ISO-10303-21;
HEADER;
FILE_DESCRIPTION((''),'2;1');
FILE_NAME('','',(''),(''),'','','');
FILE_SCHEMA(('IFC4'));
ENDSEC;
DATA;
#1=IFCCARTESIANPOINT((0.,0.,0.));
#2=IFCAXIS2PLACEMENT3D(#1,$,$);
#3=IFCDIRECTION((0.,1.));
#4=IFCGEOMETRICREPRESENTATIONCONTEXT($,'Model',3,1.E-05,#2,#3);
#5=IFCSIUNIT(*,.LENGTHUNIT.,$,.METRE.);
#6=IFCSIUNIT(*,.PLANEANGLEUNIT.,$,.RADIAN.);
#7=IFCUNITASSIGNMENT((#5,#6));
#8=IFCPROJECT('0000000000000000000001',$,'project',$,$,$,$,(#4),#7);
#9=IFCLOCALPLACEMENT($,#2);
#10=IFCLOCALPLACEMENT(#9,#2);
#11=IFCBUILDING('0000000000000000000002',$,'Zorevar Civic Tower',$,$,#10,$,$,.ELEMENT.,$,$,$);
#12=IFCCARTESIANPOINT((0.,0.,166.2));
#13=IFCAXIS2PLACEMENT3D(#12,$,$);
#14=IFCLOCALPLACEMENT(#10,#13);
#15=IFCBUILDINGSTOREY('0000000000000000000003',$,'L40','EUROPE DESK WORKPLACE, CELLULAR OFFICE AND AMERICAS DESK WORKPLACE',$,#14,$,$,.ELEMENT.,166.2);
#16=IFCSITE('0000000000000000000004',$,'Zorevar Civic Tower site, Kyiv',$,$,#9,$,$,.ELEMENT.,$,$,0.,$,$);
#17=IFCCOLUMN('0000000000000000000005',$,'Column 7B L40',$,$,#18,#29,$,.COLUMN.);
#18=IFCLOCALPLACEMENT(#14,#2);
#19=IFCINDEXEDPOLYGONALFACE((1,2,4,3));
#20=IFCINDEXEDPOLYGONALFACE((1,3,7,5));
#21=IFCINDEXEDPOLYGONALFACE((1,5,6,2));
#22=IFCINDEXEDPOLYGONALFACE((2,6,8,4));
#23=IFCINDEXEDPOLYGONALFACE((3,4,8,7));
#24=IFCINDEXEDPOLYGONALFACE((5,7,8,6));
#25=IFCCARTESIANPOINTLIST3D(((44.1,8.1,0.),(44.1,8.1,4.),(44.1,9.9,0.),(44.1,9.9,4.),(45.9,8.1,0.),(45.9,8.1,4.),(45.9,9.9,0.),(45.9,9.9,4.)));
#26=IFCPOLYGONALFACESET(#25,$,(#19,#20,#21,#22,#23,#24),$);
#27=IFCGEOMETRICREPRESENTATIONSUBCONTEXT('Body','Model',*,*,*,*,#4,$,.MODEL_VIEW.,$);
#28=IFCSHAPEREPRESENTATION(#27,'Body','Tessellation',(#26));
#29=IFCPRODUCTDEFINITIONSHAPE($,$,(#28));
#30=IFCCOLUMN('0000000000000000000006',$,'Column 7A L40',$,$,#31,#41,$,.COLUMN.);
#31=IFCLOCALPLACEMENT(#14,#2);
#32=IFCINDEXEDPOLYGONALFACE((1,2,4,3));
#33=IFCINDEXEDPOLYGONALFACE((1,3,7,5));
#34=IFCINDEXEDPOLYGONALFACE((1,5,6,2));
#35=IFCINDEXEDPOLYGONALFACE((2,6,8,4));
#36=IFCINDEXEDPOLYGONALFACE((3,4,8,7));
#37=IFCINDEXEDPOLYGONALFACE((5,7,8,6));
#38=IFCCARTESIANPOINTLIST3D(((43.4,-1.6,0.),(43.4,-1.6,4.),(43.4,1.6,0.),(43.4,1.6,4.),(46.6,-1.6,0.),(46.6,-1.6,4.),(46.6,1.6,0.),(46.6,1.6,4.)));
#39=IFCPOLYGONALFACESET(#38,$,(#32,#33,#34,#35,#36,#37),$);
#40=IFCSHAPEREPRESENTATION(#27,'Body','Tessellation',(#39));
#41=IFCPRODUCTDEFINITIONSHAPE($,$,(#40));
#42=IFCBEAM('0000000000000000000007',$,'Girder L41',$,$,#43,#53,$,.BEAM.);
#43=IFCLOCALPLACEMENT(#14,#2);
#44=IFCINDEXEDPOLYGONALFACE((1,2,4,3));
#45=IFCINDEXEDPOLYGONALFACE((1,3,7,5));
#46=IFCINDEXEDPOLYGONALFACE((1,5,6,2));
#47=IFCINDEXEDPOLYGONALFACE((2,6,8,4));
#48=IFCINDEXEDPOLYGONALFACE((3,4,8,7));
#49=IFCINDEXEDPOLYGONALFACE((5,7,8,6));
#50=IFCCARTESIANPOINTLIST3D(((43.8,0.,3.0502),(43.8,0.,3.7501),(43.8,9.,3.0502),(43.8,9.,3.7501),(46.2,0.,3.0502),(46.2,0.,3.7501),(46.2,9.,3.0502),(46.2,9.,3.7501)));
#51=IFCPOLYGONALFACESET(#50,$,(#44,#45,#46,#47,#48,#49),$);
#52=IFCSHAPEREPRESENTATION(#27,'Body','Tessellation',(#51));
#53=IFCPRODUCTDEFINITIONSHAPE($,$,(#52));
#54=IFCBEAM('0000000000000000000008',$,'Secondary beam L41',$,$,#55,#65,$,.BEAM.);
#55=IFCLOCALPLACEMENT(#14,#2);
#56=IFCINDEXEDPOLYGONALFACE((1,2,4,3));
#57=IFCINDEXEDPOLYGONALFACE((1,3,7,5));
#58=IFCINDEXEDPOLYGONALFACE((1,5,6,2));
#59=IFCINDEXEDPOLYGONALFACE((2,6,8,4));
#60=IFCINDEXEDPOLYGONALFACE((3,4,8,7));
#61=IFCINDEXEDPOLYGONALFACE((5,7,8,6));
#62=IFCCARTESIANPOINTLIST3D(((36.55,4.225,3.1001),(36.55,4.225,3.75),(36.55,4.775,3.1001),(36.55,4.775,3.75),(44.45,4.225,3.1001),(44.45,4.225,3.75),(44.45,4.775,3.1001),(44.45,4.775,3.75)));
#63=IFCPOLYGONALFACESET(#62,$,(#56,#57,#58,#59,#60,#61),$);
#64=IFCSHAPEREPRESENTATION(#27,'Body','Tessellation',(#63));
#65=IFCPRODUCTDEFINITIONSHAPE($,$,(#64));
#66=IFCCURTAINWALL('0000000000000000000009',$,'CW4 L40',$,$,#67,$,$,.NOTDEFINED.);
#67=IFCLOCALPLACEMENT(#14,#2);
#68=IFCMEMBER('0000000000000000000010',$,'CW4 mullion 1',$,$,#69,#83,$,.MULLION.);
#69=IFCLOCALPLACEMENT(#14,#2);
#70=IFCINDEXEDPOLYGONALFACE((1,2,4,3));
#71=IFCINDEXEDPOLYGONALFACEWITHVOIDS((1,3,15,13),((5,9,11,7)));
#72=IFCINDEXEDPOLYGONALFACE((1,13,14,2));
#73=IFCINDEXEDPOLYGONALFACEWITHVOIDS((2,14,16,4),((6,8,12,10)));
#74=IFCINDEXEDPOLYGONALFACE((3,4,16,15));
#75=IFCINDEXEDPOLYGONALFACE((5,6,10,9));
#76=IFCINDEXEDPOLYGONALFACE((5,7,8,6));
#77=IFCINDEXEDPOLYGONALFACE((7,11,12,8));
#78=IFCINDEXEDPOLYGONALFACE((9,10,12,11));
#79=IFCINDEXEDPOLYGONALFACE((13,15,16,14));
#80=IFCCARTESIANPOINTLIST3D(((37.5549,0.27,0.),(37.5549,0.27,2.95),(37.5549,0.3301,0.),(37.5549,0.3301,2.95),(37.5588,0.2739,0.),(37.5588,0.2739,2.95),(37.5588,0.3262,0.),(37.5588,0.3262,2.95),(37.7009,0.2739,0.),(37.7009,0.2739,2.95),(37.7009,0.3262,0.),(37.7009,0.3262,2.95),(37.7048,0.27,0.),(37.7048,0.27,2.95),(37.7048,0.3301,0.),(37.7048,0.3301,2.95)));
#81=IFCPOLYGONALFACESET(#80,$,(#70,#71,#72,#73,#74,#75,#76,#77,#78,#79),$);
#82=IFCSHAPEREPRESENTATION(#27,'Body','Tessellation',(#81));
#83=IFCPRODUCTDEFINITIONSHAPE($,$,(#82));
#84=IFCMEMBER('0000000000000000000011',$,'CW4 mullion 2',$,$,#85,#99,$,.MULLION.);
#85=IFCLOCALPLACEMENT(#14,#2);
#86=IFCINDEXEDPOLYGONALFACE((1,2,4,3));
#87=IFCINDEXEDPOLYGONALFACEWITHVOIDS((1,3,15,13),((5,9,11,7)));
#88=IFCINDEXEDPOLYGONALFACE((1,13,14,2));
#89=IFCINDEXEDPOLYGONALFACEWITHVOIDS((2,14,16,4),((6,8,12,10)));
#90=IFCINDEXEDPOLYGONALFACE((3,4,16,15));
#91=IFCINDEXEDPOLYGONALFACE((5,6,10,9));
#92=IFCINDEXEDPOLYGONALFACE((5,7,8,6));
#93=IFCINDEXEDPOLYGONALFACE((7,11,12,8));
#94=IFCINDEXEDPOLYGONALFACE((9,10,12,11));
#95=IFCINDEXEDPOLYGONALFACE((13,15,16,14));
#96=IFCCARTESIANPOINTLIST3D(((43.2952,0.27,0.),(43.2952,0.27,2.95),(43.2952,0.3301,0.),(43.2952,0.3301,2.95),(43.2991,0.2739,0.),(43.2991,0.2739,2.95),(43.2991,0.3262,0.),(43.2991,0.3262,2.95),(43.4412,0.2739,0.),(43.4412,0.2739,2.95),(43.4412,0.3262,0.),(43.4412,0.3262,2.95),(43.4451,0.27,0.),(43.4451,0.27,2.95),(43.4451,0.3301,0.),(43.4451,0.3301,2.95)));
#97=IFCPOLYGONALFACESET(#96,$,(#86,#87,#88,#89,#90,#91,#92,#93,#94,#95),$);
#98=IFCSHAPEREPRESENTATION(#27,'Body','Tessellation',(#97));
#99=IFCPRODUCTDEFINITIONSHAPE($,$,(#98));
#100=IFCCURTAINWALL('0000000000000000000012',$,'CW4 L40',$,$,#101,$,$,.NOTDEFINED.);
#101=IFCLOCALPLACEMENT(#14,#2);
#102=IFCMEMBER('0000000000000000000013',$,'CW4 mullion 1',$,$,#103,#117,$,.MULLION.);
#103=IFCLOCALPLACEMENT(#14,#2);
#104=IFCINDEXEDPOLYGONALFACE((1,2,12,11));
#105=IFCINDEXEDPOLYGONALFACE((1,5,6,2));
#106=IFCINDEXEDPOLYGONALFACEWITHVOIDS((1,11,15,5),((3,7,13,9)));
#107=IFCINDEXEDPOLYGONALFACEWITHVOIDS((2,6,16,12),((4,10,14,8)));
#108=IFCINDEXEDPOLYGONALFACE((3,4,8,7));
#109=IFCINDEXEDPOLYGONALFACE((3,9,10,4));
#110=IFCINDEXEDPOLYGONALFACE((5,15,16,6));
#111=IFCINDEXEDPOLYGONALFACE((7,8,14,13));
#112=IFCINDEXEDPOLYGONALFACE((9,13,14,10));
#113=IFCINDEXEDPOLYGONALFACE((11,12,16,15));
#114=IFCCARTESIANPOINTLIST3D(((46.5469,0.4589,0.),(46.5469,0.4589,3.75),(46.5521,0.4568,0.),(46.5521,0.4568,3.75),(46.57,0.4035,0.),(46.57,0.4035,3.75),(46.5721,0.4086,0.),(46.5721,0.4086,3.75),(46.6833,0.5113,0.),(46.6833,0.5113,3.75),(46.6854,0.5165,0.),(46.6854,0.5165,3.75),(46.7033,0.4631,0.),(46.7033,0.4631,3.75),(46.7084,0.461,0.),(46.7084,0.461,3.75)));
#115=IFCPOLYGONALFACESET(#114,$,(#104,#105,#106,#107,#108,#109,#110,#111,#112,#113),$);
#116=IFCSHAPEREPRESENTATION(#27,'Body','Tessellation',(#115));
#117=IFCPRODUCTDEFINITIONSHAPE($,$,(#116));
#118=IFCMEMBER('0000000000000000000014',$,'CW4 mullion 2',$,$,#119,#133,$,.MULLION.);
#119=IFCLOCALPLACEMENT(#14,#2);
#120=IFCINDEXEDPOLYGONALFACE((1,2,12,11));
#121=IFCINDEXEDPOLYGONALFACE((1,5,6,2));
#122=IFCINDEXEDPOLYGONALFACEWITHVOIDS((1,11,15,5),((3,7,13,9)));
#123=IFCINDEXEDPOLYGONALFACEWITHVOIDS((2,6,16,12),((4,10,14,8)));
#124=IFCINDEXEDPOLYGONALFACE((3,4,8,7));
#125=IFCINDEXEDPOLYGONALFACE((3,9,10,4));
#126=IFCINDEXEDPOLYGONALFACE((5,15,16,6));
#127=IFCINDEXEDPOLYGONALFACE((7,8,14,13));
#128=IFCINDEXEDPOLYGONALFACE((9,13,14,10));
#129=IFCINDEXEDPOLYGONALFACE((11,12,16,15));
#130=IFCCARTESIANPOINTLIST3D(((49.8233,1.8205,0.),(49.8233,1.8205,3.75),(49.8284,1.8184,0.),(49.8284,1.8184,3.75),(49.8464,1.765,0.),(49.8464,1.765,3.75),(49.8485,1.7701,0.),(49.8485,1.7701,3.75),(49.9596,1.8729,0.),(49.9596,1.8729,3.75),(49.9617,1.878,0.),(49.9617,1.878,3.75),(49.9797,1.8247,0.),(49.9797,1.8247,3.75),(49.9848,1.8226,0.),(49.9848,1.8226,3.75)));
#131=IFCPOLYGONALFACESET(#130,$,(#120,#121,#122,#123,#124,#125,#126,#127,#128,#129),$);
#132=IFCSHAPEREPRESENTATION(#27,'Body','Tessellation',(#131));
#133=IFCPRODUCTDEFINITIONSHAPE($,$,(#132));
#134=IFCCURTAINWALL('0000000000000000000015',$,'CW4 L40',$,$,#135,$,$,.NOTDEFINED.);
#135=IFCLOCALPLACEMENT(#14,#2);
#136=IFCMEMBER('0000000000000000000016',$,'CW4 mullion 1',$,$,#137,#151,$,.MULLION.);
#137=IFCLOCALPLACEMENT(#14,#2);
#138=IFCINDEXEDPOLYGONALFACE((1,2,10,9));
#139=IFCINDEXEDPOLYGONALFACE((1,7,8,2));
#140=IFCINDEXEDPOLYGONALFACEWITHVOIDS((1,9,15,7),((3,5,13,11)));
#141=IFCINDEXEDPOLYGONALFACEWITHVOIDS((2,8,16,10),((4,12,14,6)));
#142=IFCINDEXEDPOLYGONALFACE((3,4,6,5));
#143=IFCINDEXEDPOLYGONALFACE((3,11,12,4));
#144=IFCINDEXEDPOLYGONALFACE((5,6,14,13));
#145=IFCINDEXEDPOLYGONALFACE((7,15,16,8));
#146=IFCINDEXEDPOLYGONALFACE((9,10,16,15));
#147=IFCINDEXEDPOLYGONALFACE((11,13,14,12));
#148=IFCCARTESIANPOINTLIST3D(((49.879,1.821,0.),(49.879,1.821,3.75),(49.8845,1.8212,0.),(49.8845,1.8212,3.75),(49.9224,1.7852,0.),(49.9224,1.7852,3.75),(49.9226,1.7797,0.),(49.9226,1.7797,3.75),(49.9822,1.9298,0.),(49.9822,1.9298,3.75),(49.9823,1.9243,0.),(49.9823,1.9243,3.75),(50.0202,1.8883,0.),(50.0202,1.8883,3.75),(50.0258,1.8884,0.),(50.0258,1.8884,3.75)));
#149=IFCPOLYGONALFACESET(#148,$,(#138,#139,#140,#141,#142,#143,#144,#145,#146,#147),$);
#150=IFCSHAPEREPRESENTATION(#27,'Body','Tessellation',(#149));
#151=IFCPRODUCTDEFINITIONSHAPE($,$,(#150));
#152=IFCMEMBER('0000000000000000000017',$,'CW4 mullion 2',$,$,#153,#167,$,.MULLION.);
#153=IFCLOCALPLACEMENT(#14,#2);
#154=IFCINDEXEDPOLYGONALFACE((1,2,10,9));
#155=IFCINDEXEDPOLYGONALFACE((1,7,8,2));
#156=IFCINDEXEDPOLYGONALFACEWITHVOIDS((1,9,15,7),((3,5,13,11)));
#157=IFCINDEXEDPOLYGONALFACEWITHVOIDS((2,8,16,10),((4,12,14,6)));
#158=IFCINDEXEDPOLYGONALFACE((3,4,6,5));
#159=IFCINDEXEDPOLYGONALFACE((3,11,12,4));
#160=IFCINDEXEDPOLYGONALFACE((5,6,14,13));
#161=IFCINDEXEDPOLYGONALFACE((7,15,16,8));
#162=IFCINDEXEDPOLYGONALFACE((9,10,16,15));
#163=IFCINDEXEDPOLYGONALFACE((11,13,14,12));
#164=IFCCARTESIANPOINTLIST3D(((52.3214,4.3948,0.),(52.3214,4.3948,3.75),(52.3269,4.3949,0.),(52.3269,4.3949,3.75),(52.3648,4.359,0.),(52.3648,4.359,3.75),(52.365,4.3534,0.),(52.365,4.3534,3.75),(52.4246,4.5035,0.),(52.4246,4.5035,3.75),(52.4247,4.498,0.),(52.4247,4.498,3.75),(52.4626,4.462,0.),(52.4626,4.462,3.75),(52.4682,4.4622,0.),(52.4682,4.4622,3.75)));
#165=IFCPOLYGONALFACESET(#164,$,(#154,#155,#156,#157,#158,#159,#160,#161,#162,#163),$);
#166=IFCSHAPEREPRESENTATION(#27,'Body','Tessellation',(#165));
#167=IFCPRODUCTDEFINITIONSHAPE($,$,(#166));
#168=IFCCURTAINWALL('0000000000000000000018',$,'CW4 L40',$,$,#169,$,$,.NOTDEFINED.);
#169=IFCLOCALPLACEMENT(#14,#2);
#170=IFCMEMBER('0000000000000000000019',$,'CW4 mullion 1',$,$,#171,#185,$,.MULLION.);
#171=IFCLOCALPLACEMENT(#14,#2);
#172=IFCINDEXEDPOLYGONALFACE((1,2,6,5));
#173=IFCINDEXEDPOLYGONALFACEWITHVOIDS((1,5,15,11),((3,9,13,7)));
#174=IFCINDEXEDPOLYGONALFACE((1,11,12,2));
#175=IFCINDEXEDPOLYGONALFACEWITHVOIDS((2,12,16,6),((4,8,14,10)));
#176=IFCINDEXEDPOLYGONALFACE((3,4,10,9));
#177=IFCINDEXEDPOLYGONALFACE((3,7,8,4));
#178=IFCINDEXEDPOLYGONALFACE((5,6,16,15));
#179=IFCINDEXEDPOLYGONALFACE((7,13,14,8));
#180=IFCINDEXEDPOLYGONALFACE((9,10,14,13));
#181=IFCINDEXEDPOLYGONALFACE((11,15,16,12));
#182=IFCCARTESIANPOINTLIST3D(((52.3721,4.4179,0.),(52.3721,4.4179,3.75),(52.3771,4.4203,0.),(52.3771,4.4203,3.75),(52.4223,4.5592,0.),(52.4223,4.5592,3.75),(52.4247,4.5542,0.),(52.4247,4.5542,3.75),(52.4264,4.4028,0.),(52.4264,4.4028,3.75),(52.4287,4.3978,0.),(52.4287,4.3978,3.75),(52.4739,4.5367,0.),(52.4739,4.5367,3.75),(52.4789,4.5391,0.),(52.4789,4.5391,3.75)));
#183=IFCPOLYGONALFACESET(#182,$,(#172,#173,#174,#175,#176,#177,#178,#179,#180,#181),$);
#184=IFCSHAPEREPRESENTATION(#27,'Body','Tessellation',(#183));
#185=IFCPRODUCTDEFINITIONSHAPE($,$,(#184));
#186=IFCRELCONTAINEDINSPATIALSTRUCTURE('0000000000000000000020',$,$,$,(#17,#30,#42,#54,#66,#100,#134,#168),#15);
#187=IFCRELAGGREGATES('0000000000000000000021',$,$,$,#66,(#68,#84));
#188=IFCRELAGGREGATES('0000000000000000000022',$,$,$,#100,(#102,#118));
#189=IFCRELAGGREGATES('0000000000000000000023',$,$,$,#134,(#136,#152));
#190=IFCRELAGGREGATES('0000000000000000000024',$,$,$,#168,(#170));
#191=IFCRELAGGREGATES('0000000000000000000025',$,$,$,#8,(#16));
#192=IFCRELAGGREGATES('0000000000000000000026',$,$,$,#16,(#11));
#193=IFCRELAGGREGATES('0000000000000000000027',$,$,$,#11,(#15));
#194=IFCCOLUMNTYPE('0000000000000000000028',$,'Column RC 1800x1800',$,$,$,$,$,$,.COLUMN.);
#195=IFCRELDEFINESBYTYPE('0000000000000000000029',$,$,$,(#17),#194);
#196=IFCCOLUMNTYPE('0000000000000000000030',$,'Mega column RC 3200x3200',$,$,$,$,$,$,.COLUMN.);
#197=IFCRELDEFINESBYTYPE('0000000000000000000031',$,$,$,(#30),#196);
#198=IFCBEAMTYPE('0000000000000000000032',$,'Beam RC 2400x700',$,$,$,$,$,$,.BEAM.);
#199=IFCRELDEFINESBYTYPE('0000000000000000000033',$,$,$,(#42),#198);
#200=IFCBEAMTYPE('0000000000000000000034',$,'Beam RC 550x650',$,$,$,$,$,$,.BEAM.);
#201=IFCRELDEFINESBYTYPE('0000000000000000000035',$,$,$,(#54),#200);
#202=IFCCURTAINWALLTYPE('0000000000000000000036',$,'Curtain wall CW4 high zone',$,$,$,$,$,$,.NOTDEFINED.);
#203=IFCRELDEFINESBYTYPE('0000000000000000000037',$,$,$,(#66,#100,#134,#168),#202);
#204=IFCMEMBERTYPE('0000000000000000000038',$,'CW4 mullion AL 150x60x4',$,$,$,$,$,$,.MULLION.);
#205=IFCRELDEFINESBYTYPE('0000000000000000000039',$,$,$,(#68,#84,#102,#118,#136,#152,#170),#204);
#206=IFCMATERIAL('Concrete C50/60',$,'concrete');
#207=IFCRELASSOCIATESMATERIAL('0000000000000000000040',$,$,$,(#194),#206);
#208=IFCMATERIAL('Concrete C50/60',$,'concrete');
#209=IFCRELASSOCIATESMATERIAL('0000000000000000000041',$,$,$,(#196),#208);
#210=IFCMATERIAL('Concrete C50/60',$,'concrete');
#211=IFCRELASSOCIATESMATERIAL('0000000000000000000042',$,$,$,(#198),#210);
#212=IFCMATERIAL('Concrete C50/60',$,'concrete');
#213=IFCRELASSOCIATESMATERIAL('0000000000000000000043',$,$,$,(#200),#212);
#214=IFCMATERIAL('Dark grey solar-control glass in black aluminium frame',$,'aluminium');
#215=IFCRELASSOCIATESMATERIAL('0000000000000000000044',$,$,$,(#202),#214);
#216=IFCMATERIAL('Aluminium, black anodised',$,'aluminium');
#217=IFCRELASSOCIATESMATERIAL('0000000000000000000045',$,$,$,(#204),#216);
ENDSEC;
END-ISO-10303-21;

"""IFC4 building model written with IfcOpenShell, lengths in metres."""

from ifc_helpers import new_model, si_unit, direction, frame, origin, origin_2d, place, context, subcontext, project, spatial, rectangle, hollow_rectangle, extrude, material, material_profile, profile_set, type_object, element, aggregate, save


model = new_model("IFC4")

# Units and contexts
model_context = context("Model", 3, precision=1e-05, world=origin(), true_north=direction((0.0, 1.0)))
body_context = subcontext(model_context, "Body", "Model", "MODEL_VIEW")
ifc_project = project(units=[si_unit("LENGTHUNIT", "METRE"), si_unit("PLANEANGLEUNIT", "RADIAN")], contexts=[model_context])

# Site, building, storey
site_placement = place(None, origin())
site = spatial("IfcSite", under=ifc_project, at=site_placement, Name="Zorevar Civic Tower site, Kyiv", CompositionType="ELEMENT", RefElevation=0.0)
building_placement = place(site_placement, origin())
building = spatial("IfcBuilding", under=site, at=building_placement, Name="Zorevar Civic Tower", CompositionType="ELEMENT")
storey_placement = place(building_placement, frame((0.0, 0.0, 166.2)))
storey = spatial("IfcBuildingStorey", under=building, at=storey_placement, Name="L40", Description="EUROPE DESK WORKPLACE, CELLULAR OFFICE AND AMERICAS DESK WORKPLACE", CompositionType="ELEMENT", Elevation=166.2)

# Columns
ifc_material_1 = material(Name="Concrete C50/60", Category="concrete")
ifc_material_profile_1 = material_profile(ifc_material_1, rectangle(XDim=1.8, YDim=1.8, at=origin_2d()), Name="RC 1800x1800")
ifc_profile_set_1 = profile_set([ifc_material_profile_1], Name="Concrete C50/60")
column_type_1 = type_object("IfcColumnType", Name="Column RC 1800x1800", PredefinedType="COLUMN", material=ifc_profile_set_1)
column_1_placement = place(storey_placement, frame((45.0, 9.0, 0.0), z_axis=(0.0, 0.0, 1.0), x_axis=(1.0, 0.0, 0.0)))
element("IfcColumn", 1, at=column_1_placement, inside=storey, type_object=column_type_1, Name="Column 7B L40", PredefinedType="COLUMN", context=body_context, shape_type="SweptSolid", body=[
    extrude(rectangle(XDim=1.8, YDim=1.8, at=origin_2d()), origin(), (0.0, 0.0, 1.0), 4.0),
])
ifc_material_2 = material(Name="Concrete C50/60", Category="concrete")
ifc_material_profile_2 = material_profile(ifc_material_2, rectangle(XDim=3.2, YDim=3.2, at=origin_2d()), Name="RC 3200x3200")
ifc_profile_set_2 = profile_set([ifc_material_profile_2], Name="Concrete C50/60")
column_type_2 = type_object("IfcColumnType", Name="Mega column RC 3200x3200", PredefinedType="COLUMN", material=ifc_profile_set_2)
column_2_placement = place(storey_placement, frame((45.0, 0.0, 0.0), z_axis=(0.0, 0.0, 1.0), x_axis=(1.0, 0.0, 0.0)))
element("IfcColumn", 2, at=column_2_placement, inside=storey, type_object=column_type_2, Name="Column 7A L40", PredefinedType="COLUMN", context=body_context, shape_type="SweptSolid", body=[
    extrude(rectangle(XDim=3.2, YDim=3.2, at=origin_2d()), origin(), (0.0, 0.0, 1.0), 4.0),
])

# Beams
ifc_material_3 = material(Name="Concrete C50/60", Category="concrete")
ifc_material_profile_3 = material_profile(ifc_material_3, rectangle(XDim=2.3999, YDim=0.7, at=origin_2d()), Name="RC 2400x700")
ifc_profile_set_3 = profile_set([ifc_material_profile_3], Name="Concrete C50/60")
beam_type_1 = type_object("IfcBeamType", Name="Beam RC 2400x700", PredefinedType="BEAM", material=ifc_profile_set_3)
beam_1_placement = place(storey_placement, frame((45.0, 0.0, 3.4001), z_axis=(0.0, 1.0, 0.0), x_axis=(-1.0, 0.0, 0.0)))
element("IfcBeam", 3, at=beam_1_placement, inside=storey, type_object=beam_type_1, Name="Girder L41", PredefinedType="BEAM", context=body_context, shape_type="SweptSolid", body=[
    extrude(rectangle(XDim=2.3999, YDim=0.7, at=origin_2d()), origin(), (0.0, 0.0, 1.0), 9.0),
])
ifc_material_4 = material(Name="Concrete C50/60", Category="concrete")
ifc_material_profile_4 = material_profile(ifc_material_4, rectangle(XDim=0.55, YDim=0.6499, at=origin_2d()), Name="RC 550x650")
ifc_profile_set_4 = profile_set([ifc_material_profile_4], Name="Concrete C50/60")
beam_type_2 = type_object("IfcBeamType", Name="Beam RC 550x650", PredefinedType="BEAM", material=ifc_profile_set_4)
beam_2_placement = place(storey_placement, frame((36.55, 4.5, 3.425), z_axis=(1.0, 0.0, 0.0), x_axis=(0.0, 1.0, 0.0)))
element("IfcBeam", 4, at=beam_2_placement, inside=storey, type_object=beam_type_2, Name="Secondary beam L41", PredefinedType="BEAM", context=body_context, shape_type="SweptSolid", body=[
    extrude(rectangle(XDim=0.55, YDim=0.6499, at=origin_2d()), origin(), (0.0, 0.0, 1.0), 7.8999),
])

# Curtain walls, members
ifc_material_5 = material(Name="Dark grey solar-control glass in black aluminium frame", Category="aluminium")
curtain_wall_type = type_object("IfcCurtainWallType", Name="Curtain wall CW4 high zone", PredefinedType="NOTDEFINED", material=ifc_material_5)
curtain_wall_1_placement = place(storey_placement, origin())
curtain_wall_1 = element("IfcCurtainWall", 5, at=curtain_wall_1_placement, inside=storey, type_object=curtain_wall_type, Name="CW4 L40", PredefinedType="NOTDEFINED")
ifc_material_6 = material(Name="Aluminium, black anodised", Category="aluminium")
ifc_material_profile_5 = material_profile(ifc_material_6, hollow_rectangle(XDim=0.0601, YDim=0.1499, WallThickness=0.0039, at=origin_2d()), Name="AL 150x60x4")
ifc_profile_set_5 = profile_set([ifc_material_profile_5], Name="Aluminium, black anodised")
member_type_1 = type_object("IfcMemberType", Name="CW4 mullion AL 150x60x4", PredefinedType="MULLION", material=ifc_profile_set_5)
member_1_placement = place(storey_placement, frame((37.6299, 0.3, 0.0), z_axis=(0.0, 0.0, 1.0), x_axis=(0.0, 1.0, 0.0)))
member_1 = element("IfcMember", 6, at=member_1_placement, type_object=member_type_1, Name="CW4 mullion 1", PredefinedType="MULLION", context=body_context, shape_type="SweptSolid", body=[
    extrude(hollow_rectangle(XDim=0.0601, YDim=0.1499, WallThickness=0.0039, at=origin_2d()), origin(), (0.0, 0.0, 1.0), 2.95),
])
member_2_placement = place(storey_placement, frame((43.3701, 0.3, 0.0), z_axis=(0.0, 0.0, 1.0), x_axis=(0.0, 1.0, 0.0)))
member_2 = element("IfcMember", 7, at=member_2_placement, type_object=member_type_1, Name="CW4 mullion 2", PredefinedType="MULLION", context=body_context, shape_type="SweptSolid", body=[
    extrude(hollow_rectangle(XDim=0.0601, YDim=0.1499, WallThickness=0.0039, at=origin_2d()), origin(), (0.0, 0.0, 1.0), 2.95),
])
curtain_wall_2_placement = place(storey_placement, origin())
curtain_wall_2 = element("IfcCurtainWall", 8, at=curtain_wall_2_placement, inside=storey, type_object=curtain_wall_type, Name="CW4 L40", PredefinedType="NOTDEFINED")
member_3_placement = place(storey_placement, frame((46.6277, 0.46, 0.0), z_axis=(0.0, 0.0, 1.0), x_axis=(-0.383728, 0.923446, 0.0)))
member_3 = element("IfcMember", 9, at=member_3_placement, type_object=member_type_1, Name="CW4 mullion 1", PredefinedType="MULLION", context=body_context, shape_type="SweptSolid", body=[
    extrude(hollow_rectangle(XDim=0.0601, YDim=0.1499, WallThickness=0.0039, at=origin_2d()), origin(), (0.0, 0.0, 1.0), 3.75),
])
member_4_placement = place(storey_placement, frame((49.9041, 1.8215, 0.0), z_axis=(0.0, 0.0, 1.0), x_axis=(-0.383728, 0.923446, 0.0)))
member_4 = element("IfcMember", 10, at=member_4_placement, type_object=member_type_1, Name="CW4 mullion 2", PredefinedType="MULLION", context=body_context, shape_type="SweptSolid", body=[
    extrude(hollow_rectangle(XDim=0.0601, YDim=0.1499, WallThickness=0.0039, at=origin_2d()), origin(), (0.0, 0.0, 1.0), 3.75),
])
curtain_wall_3_placement = place(storey_placement, origin())
curtain_wall_3 = element("IfcCurtainWall", 11, at=curtain_wall_3_placement, inside=storey, type_object=curtain_wall_type, Name="CW4 L40", PredefinedType="NOTDEFINED")
member_5_placement = place(storey_placement, frame((49.9524, 1.8547, 0.0), z_axis=(0.0, 0.0, 1.0), x_axis=(-0.725384, 0.688344, 0.0)))
member_5 = element("IfcMember", 12, at=member_5_placement, type_object=member_type_1, Name="CW4 mullion 1", PredefinedType="MULLION", context=body_context, shape_type="SweptSolid", body=[
    extrude(hollow_rectangle(XDim=0.0601, YDim=0.1499, WallThickness=0.0039, at=origin_2d()), origin(), (0.0, 0.0, 1.0), 3.75),
])
member_6_placement = place(storey_placement, frame((52.3948, 4.4285, 0.0), z_axis=(0.0, 0.0, 1.0), x_axis=(-0.725384, 0.688344, 0.0)))
member_6 = element("IfcMember", 13, at=member_6_placement, type_object=member_type_1, Name="CW4 mullion 2", PredefinedType="MULLION", context=body_context, shape_type="SweptSolid", body=[
    extrude(hollow_rectangle(XDim=0.0601, YDim=0.1499, WallThickness=0.0039, at=origin_2d()), origin(), (0.0, 0.0, 1.0), 3.75),
])
curtain_wall_4_placement = place(storey_placement, origin())
curtain_wall_4 = element("IfcCurtainWall", 14, at=curtain_wall_4_placement, inside=storey, type_object=curtain_wall_type, Name="CW4 L40", PredefinedType="NOTDEFINED")
member_7_placement = place(storey_placement, frame((52.4255, 4.4785, 0.0), z_axis=(0.0, 0.0, 1.0), x_axis=(-0.942273, 0.334845, 0.0)))
member_7 = element("IfcMember", 15, at=member_7_placement, type_object=member_type_1, Name="CW4 mullion 1", PredefinedType="MULLION", context=body_context, shape_type="SweptSolid", body=[
    extrude(hollow_rectangle(XDim=0.0601, YDim=0.1499, WallThickness=0.0039, at=origin_2d()), origin(), (0.0, 0.0, 1.0), 3.75),
])

aggregate(curtain_wall_1, [member_1, member_2])
aggregate(curtain_wall_2, [member_3, member_4])
aggregate(curtain_wall_3, [member_5, member_6])
aggregate(curtain_wall_4, [member_7])

save(model, "model.ifc")
